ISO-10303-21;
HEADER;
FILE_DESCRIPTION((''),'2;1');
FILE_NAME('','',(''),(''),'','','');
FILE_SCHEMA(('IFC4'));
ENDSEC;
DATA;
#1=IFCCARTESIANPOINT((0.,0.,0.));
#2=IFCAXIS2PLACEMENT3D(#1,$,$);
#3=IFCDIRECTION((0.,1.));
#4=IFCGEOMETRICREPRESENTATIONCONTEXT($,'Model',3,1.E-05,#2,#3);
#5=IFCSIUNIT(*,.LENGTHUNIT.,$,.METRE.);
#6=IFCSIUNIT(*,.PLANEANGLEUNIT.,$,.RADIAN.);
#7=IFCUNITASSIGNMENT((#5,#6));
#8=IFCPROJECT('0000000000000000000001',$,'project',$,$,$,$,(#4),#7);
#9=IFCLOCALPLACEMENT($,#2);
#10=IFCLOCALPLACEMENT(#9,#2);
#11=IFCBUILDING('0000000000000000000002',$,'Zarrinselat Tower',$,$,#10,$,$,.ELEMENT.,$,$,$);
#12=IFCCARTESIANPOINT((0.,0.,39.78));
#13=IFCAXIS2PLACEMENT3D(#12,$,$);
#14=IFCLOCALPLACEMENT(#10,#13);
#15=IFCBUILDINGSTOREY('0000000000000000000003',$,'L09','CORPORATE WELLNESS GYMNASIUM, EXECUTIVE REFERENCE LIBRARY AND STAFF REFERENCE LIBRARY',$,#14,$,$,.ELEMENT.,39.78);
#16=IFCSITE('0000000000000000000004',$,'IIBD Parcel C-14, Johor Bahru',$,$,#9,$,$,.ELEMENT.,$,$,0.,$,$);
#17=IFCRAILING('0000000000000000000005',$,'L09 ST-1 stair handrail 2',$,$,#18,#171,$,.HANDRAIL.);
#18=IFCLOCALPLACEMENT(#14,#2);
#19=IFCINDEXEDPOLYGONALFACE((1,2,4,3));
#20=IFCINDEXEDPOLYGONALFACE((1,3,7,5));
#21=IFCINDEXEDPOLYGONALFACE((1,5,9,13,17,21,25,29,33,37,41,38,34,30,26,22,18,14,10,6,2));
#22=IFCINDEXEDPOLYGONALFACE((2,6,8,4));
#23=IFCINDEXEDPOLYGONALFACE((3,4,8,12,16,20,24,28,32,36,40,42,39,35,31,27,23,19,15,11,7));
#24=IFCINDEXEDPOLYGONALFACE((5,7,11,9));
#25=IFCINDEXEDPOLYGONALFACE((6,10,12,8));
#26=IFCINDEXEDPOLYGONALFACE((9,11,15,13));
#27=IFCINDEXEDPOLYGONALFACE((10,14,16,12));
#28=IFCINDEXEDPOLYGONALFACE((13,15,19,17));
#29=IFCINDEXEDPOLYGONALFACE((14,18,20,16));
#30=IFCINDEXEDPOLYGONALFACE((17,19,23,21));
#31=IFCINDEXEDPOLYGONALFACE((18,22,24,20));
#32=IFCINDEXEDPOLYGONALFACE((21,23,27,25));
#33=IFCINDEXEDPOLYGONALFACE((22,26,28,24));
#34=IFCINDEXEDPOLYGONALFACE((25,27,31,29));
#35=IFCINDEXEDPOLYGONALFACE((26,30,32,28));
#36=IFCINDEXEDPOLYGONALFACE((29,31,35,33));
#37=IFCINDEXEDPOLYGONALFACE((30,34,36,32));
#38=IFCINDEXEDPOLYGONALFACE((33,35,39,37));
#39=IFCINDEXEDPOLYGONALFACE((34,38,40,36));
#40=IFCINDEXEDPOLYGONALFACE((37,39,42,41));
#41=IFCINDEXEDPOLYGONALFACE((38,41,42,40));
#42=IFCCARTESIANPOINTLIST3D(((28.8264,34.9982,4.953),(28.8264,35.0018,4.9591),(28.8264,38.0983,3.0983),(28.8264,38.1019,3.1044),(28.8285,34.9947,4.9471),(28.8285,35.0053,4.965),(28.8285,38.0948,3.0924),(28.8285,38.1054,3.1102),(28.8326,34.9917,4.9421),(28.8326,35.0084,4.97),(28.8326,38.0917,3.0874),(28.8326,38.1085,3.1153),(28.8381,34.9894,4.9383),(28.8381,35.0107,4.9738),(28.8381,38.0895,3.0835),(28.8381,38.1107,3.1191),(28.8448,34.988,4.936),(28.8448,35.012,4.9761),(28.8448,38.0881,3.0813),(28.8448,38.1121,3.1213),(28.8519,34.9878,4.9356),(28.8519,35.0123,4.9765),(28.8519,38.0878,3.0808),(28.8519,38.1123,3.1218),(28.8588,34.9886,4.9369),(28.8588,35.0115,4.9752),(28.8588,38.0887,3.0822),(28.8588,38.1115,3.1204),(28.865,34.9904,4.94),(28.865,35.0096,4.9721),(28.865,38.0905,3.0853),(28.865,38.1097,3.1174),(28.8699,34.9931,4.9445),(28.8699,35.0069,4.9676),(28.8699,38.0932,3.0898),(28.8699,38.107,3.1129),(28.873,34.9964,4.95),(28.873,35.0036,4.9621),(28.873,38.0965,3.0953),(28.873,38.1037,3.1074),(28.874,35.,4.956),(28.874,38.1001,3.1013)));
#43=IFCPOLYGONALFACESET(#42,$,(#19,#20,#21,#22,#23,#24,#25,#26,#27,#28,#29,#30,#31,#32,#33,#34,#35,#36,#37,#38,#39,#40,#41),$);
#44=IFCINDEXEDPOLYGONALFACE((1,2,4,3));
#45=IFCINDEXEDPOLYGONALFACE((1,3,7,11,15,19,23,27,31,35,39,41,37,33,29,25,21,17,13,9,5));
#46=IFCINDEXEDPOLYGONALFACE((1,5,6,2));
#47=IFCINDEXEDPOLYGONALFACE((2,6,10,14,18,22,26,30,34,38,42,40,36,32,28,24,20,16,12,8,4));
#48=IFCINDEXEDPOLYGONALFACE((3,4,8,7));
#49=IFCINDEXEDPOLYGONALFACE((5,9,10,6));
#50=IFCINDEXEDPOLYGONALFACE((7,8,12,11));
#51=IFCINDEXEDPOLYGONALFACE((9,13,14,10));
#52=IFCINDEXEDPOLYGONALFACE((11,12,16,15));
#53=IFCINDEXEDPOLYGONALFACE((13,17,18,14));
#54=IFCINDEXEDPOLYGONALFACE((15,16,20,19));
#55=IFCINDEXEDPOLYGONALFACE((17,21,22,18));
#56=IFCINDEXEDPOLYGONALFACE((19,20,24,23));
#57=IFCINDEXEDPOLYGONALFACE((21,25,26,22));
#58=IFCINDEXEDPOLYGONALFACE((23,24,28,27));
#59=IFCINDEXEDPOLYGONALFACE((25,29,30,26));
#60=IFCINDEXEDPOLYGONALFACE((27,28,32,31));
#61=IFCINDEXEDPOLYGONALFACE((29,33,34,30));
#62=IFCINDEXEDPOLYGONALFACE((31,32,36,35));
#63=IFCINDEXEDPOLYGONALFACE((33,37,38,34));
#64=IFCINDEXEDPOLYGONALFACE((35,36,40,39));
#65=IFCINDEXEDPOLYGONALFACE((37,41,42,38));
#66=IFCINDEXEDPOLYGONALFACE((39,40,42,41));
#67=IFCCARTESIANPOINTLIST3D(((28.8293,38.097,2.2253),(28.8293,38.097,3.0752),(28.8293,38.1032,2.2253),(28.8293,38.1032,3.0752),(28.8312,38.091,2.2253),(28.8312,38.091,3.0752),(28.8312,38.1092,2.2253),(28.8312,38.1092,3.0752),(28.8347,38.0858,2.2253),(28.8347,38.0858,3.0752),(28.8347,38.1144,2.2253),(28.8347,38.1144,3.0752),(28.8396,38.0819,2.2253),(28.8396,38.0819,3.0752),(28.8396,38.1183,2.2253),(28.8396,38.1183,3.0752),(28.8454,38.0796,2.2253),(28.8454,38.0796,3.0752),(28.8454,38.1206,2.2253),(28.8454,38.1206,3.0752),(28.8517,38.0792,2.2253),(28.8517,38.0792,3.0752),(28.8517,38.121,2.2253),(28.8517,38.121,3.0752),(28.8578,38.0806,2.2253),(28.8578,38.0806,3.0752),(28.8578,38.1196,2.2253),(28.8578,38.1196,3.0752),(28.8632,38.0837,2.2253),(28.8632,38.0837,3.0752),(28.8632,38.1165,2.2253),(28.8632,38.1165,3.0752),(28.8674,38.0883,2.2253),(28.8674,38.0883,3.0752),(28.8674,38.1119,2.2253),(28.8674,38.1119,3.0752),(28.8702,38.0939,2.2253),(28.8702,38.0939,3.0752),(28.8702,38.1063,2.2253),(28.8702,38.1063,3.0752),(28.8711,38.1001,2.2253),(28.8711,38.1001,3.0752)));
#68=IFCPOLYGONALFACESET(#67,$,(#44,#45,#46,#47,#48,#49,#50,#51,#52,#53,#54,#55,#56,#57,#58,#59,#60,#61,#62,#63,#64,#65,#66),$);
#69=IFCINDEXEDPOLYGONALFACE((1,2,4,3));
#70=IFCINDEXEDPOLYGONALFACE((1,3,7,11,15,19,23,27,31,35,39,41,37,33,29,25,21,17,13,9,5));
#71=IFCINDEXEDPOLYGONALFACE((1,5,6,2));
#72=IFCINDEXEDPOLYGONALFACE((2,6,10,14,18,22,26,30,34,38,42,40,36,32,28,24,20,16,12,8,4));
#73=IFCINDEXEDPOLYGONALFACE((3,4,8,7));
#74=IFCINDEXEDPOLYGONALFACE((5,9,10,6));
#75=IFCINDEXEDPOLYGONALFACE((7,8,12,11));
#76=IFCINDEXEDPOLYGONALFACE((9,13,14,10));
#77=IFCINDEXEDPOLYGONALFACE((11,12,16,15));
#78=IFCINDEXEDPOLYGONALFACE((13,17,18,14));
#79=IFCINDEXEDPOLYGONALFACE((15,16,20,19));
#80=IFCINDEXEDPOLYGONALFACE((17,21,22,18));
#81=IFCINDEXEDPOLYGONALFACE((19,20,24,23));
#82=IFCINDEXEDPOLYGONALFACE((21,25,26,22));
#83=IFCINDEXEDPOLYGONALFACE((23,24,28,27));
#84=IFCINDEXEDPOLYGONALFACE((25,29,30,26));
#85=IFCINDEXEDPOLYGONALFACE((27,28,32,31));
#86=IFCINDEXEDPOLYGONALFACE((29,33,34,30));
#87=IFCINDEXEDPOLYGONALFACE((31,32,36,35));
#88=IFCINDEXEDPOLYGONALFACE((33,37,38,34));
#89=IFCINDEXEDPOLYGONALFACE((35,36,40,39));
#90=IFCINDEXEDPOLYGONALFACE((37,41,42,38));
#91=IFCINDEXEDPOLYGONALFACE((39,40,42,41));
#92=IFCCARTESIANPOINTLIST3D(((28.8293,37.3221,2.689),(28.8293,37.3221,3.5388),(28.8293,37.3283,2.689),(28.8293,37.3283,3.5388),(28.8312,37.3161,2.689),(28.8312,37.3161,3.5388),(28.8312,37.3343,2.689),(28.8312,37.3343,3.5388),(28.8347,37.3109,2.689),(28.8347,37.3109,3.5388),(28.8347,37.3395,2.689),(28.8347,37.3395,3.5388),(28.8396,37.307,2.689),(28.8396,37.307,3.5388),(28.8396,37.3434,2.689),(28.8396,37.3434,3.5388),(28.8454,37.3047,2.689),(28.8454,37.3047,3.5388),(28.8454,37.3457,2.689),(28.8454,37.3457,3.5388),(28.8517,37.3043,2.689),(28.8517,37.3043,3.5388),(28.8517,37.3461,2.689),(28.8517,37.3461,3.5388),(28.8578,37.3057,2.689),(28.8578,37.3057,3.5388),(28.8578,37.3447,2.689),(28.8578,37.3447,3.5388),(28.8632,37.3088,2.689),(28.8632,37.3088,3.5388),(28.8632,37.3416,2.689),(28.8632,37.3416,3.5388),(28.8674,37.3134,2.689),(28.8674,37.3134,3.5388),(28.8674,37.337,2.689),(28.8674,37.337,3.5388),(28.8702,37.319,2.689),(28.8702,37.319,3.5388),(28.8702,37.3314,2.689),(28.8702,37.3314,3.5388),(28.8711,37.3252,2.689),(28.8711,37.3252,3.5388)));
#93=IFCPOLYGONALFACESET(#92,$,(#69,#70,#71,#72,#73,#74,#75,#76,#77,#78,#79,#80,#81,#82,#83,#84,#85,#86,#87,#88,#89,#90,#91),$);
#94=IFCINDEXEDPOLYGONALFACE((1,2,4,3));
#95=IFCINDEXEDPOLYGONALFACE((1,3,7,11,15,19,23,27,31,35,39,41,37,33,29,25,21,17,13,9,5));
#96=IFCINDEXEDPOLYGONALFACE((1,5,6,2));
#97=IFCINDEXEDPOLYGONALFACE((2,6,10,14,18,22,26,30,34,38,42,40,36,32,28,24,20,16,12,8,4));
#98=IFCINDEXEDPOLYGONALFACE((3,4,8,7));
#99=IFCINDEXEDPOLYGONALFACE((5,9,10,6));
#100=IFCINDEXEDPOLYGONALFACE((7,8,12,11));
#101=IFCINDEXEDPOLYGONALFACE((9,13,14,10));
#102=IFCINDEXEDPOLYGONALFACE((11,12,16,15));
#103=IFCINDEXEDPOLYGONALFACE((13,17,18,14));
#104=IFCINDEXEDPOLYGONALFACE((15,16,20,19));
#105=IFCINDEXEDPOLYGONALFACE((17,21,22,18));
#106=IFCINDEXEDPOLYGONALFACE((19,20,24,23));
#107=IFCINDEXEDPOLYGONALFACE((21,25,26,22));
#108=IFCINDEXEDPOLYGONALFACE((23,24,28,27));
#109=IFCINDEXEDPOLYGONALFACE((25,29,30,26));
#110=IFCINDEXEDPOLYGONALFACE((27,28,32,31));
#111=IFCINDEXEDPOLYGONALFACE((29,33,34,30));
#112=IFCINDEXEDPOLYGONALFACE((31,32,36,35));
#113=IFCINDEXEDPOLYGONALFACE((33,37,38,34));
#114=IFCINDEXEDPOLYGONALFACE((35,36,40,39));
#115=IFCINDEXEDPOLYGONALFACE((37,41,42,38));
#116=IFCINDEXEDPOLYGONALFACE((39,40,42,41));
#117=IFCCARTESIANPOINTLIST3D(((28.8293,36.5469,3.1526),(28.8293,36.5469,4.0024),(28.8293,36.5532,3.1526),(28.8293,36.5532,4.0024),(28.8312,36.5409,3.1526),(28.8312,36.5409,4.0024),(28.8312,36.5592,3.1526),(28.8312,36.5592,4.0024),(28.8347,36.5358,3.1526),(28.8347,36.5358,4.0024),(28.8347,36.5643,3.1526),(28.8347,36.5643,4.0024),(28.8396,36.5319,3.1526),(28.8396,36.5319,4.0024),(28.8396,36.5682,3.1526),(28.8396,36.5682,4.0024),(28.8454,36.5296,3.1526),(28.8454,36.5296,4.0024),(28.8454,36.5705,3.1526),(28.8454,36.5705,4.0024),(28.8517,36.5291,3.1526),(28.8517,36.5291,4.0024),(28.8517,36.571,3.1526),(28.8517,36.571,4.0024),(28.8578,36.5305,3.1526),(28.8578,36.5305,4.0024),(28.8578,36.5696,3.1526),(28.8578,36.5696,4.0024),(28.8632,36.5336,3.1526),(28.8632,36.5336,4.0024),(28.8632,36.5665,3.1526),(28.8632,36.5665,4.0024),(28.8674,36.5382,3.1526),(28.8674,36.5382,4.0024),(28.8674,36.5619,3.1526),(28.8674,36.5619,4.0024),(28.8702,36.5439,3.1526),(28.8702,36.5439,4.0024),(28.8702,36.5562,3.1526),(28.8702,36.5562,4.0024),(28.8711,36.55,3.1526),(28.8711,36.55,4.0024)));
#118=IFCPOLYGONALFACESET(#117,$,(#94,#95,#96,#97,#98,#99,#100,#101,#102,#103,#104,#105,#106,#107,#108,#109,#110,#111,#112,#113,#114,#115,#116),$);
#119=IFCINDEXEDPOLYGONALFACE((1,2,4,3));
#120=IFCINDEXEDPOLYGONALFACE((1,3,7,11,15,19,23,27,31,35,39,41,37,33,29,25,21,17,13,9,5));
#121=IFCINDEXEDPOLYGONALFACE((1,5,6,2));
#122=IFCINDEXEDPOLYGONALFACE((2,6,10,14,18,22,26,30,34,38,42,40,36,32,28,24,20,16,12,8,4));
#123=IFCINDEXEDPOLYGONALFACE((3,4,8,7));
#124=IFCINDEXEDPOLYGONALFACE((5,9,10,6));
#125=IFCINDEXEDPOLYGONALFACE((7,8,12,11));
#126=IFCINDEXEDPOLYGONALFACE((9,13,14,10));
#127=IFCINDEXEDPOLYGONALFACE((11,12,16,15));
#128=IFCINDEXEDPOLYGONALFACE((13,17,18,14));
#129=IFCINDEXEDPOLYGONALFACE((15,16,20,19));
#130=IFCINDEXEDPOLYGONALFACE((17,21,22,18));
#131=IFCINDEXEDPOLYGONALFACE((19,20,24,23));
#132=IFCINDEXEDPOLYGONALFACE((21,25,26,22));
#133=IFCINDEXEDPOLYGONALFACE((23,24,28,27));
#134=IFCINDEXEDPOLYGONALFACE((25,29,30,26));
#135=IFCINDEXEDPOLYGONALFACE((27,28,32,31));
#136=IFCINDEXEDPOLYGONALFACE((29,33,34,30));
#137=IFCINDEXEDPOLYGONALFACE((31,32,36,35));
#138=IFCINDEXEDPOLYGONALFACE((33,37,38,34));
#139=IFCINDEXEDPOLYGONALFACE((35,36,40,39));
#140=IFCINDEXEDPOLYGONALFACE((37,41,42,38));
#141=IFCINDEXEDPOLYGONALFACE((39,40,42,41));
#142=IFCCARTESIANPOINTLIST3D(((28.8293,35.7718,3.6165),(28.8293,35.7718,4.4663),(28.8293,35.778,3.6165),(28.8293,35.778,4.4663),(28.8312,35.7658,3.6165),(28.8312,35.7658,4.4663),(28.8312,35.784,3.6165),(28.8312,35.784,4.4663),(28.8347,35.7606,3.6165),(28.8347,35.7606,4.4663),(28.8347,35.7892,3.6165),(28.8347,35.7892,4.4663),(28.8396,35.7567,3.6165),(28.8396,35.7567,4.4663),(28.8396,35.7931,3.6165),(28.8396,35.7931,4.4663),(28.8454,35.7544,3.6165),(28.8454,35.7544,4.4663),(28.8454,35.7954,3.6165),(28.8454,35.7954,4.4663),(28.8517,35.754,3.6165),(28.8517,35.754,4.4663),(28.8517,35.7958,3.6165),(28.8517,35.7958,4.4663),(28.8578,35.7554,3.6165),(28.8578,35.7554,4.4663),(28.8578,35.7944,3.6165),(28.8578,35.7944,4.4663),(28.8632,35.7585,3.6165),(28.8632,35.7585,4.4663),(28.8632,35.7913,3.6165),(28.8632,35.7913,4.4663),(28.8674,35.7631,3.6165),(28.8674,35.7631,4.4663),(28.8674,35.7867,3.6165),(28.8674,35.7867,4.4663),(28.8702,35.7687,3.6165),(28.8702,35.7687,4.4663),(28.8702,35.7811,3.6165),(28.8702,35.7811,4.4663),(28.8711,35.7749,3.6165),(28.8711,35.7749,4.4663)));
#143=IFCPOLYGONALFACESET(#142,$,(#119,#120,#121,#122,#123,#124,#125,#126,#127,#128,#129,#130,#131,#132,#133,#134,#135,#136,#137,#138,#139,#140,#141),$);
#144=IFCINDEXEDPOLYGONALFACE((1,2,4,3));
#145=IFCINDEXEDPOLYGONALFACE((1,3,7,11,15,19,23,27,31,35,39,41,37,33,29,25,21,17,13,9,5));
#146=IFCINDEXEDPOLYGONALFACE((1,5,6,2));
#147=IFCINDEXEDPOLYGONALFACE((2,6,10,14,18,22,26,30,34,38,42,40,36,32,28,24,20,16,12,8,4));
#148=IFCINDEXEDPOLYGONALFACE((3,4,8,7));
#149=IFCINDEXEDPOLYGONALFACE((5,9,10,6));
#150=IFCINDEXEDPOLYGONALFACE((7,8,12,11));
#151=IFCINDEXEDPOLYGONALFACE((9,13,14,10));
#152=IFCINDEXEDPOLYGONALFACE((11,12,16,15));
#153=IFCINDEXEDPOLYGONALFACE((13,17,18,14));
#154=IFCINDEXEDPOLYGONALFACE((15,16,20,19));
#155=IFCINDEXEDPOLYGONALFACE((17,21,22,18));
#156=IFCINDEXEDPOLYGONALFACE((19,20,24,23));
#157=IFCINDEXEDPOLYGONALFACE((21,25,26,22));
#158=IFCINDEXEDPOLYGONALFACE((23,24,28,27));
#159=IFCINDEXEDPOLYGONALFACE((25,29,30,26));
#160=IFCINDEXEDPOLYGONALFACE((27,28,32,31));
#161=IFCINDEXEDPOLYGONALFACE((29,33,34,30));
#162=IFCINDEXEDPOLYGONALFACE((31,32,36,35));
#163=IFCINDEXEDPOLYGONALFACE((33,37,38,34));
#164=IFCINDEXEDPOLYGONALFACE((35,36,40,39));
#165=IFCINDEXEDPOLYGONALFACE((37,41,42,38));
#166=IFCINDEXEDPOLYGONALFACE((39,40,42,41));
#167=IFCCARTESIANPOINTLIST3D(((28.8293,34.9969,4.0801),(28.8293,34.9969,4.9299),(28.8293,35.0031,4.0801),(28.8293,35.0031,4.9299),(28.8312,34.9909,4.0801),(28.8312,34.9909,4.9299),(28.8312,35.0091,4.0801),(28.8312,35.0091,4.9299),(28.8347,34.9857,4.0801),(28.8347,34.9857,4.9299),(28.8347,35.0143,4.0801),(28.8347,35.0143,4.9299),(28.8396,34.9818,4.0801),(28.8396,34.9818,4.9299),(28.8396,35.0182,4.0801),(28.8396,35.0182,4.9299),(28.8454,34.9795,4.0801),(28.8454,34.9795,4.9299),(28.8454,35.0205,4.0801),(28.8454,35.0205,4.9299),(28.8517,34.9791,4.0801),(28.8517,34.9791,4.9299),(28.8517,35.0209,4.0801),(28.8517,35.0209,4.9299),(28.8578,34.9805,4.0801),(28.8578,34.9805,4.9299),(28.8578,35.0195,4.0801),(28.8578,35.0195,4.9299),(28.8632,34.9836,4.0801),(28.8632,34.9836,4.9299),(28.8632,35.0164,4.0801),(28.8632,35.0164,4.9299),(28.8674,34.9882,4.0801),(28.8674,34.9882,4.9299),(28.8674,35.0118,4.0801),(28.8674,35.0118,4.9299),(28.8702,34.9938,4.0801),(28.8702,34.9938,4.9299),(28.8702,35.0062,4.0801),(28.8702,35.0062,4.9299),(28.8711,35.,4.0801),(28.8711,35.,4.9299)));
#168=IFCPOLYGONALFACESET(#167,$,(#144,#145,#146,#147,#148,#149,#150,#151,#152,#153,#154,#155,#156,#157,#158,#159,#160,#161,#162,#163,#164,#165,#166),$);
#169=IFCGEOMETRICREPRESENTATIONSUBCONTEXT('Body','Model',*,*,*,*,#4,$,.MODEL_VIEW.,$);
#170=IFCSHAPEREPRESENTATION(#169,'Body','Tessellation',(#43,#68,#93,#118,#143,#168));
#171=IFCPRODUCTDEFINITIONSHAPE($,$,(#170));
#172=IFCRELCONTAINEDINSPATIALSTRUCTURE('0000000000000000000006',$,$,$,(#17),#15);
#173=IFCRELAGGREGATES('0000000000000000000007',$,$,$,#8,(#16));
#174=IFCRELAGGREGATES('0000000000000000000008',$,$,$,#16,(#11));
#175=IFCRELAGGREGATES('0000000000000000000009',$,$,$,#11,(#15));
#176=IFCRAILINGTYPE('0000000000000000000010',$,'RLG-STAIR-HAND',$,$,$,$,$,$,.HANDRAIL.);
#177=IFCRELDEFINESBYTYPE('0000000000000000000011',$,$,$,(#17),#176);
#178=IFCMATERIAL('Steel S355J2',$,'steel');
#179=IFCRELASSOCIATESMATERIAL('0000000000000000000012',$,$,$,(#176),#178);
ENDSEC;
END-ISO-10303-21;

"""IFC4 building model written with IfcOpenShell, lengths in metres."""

from ifc_helpers import new_model, si_unit, direction, frame, origin, origin_2d, place, context, subcontext, project, spatial, circle, extrude, material, type_object, element, save


model = new_model("IFC4")

# Units and contexts
model_context = context("Model", 3, precision=1e-05, world=origin(), true_north=direction((0.0, 1.0)))
body_context = subcontext(model_context, "Body", "Model", "MODEL_VIEW")
ifc_project = project(units=[si_unit("LENGTHUNIT", "METRE"), si_unit("PLANEANGLEUNIT", "RADIAN")], contexts=[model_context])

# Site, building, storey
site_placement = place(None, origin())
site = spatial("IfcSite", under=ifc_project, at=site_placement, Name="IIBD Parcel C-14, Johor Bahru", CompositionType="ELEMENT", RefElevation=0.0)
building_placement = place(site_placement, origin())
building = spatial("IfcBuilding", under=site, at=building_placement, Name="Zarrinselat Tower", CompositionType="ELEMENT")
storey_placement = place(building_placement, frame((0.0, 0.0, 39.78)))
storey = spatial("IfcBuildingStorey", under=building, at=storey_placement, Name="L09", Description="CORPORATE WELLNESS GYMNASIUM, EXECUTIVE REFERENCE LIBRARY AND STAFF REFERENCE LIBRARY", CompositionType="ELEMENT", Elevation=39.78)

# Railing
ifc_material_1 = material(Name="Steel S355J2", Category="steel")
railing_type_1 = type_object("IfcRailingType", Name="RLG-STAIR-HAND", PredefinedType="HANDRAIL", material=ifc_material_1)
railing_1_placement = place(storey_placement, frame((28.8501, 38.1001, 2.2253)))
element("IfcRailing", 1, at=railing_1_placement, inside=storey, type_object=railing_type_1, Name="L09 ST-1 stair handrail 2", PredefinedType="HANDRAIL", context=body_context, shape_type="SweptSolid", body=[
    extrude(circle(Radius=0.0239, at=origin_2d()), frame((0.0, 0.0, 0.876), z_axis=(0.0, -0.858142, 0.513412), x_axis=(1.0, 0.0, 0.0)), (0.0, 0.0, 1.0), 3.6125),
    extrude(circle(Radius=0.021, at=origin_2d()), origin(), (0.0, 0.0, 1.0), 0.8499),
    extrude(circle(Radius=0.021, at=origin_2d()), frame((0.0, -0.7749, 0.4636)), (0.0, 0.0, 1.0), 0.8499),
    extrude(circle(Radius=0.021, at=origin_2d()), frame((0.0, -1.55, 0.9272)), (0.0, 0.0, 1.0), 0.8499),
    extrude(circle(Radius=0.021, at=origin_2d()), frame((0.0, -2.3252, 1.3911)), (0.0, 0.0, 1.0), 0.8499),
    extrude(circle(Radius=0.021, at=origin_2d()), frame((0.0, -3.1001, 1.8547)), (0.0, 0.0, 1.0), 0.8499),
])

save(model, "model.ifc")
